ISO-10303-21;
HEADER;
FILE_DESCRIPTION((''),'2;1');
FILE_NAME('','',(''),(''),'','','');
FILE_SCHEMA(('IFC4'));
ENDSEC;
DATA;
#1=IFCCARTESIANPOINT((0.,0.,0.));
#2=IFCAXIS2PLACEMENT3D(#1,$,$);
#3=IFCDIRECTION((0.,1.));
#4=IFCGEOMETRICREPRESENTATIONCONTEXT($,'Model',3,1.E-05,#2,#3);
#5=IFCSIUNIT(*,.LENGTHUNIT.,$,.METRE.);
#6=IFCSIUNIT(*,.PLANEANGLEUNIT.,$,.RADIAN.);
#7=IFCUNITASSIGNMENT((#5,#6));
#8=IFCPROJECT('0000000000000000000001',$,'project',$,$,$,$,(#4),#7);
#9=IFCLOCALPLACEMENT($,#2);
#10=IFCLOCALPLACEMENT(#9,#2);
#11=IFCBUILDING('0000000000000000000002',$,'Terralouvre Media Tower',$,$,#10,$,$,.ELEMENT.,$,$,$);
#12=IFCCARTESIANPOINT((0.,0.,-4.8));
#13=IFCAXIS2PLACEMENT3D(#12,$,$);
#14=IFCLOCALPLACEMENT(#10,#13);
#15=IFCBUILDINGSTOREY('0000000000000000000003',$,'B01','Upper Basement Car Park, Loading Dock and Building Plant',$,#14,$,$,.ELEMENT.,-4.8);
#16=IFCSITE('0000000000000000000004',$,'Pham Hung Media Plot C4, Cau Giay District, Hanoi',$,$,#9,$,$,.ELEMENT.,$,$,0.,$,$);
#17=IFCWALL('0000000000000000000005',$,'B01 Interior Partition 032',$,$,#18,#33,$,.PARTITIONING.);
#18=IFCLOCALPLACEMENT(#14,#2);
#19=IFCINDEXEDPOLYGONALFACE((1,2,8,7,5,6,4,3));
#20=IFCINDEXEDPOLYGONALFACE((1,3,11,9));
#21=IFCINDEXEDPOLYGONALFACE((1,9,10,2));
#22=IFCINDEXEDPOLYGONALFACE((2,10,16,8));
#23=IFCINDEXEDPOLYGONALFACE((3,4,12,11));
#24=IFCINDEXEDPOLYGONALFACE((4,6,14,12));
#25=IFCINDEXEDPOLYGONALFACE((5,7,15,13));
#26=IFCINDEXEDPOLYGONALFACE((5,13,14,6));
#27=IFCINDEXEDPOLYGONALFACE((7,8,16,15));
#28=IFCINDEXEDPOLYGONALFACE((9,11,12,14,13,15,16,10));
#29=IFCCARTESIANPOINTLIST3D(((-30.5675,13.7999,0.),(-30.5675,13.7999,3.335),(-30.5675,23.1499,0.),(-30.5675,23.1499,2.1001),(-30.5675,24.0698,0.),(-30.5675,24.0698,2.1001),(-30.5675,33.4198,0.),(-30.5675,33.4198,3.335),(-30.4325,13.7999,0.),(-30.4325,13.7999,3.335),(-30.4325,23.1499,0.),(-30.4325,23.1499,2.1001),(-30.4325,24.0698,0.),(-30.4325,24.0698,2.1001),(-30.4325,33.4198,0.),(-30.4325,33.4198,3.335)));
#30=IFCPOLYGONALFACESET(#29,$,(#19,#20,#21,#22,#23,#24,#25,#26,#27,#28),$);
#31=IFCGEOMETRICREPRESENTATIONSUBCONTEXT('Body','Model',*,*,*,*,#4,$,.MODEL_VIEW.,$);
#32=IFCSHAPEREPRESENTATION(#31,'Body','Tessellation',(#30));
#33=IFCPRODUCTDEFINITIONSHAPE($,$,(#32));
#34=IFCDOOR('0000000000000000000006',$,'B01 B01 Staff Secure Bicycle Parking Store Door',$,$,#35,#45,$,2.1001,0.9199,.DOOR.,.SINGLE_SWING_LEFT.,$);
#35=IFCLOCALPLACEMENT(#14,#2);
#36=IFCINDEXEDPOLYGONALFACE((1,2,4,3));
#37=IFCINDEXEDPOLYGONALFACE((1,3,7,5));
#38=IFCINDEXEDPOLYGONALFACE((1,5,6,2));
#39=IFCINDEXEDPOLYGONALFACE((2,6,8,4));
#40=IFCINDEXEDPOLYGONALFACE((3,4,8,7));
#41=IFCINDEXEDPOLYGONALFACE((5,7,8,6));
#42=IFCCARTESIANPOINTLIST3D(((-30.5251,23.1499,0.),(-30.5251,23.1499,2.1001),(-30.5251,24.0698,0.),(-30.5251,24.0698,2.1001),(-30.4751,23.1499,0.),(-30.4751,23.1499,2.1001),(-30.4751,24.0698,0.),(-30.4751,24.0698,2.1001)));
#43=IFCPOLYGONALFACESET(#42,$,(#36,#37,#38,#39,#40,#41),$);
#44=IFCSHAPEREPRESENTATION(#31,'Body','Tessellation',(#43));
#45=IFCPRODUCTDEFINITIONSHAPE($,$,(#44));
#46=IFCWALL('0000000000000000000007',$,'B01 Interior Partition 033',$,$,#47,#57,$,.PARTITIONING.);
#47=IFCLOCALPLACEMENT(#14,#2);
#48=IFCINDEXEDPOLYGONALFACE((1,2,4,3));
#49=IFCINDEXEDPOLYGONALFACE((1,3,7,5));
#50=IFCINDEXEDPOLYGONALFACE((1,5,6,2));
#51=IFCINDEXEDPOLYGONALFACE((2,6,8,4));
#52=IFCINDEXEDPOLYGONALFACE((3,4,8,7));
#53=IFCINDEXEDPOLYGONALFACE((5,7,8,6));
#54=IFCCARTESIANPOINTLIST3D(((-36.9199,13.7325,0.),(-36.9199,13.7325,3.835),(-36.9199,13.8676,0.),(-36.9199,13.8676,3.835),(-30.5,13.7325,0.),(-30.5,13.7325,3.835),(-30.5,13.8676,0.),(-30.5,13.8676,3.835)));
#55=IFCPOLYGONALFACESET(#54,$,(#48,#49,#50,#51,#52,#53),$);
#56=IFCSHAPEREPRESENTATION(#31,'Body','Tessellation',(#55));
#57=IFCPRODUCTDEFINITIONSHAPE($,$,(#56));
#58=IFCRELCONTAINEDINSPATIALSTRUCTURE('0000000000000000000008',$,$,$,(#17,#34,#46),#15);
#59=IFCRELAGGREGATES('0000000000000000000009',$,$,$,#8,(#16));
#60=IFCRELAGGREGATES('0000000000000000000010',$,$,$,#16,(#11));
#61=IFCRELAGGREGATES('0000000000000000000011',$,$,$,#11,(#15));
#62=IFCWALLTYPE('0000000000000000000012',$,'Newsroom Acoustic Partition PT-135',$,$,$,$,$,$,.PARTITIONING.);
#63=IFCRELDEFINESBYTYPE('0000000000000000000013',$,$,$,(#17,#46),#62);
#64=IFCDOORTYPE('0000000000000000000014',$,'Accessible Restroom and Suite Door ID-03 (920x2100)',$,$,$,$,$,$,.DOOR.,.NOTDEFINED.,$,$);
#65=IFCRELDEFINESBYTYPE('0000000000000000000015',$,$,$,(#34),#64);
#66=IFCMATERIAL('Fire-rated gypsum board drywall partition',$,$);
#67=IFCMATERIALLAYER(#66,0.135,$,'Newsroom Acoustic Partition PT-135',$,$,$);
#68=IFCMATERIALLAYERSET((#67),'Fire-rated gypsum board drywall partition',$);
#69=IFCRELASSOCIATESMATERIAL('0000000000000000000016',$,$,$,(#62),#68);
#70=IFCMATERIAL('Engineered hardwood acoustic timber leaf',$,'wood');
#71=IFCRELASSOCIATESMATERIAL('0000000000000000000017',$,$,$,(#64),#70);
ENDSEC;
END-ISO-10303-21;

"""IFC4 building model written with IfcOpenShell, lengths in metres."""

from ifc_helpers import new_model, si_unit, direction, frame, frame_2d, origin, place, context, subcontext, project, spatial, rectangle, extrude, material, layer, layer_set, type_object, element, fill, save


model = new_model("IFC4")

# Units and contexts
model_context = context("Model", 3, precision=1e-05, world=origin(), true_north=direction((0.0, 1.0)))
body_context = subcontext(model_context, "Body", "Model", "MODEL_VIEW")
ifc_project = project(units=[si_unit("LENGTHUNIT", "METRE"), si_unit("PLANEANGLEUNIT", "RADIAN")], contexts=[model_context])

# Site, building, storey
site_placement = place(None, origin())
site = spatial("IfcSite", under=ifc_project, at=site_placement, Name="Pham Hung Media Plot C4, Cau Giay District, Hanoi", CompositionType="ELEMENT", RefElevation=0.0)
building_placement = place(site_placement, origin())
building = spatial("IfcBuilding", under=site, at=building_placement, Name="Terralouvre Media Tower", CompositionType="ELEMENT")
storey_placement = place(building_placement, frame((0.0, 0.0, -4.8)))
storey = spatial("IfcBuildingStorey", under=building, at=storey_placement, Name="B01", Description="Upper Basement Car Park, Loading Dock and Building Plant", CompositionType="ELEMENT", Elevation=-4.8)

# Shared definitions
ifc_material_1 = material(Name="Fire-rated gypsum board drywall partition")
ifc_layer_1 = layer(ifc_material_1, 0.135, Name="Newsroom Acoustic Partition PT-135")
ifc_layer_set_1 = layer_set([ifc_layer_1], Name="Fire-rated gypsum board drywall partition")
wall_type_1 = type_object("IfcWallType", Name="Newsroom Acoustic Partition PT-135", PredefinedType="PARTITIONING", material=ifc_layer_set_1)

# Wall, opening, door
wall_1_placement = place(storey_placement, frame((-30.5, 33.4199, 0.0), z_axis=(0.0, 0.0, 1.0), x_axis=(0.0, -1.0, 0.0)))
wall_1 = element("IfcWall", 1, at=wall_1_placement, inside=storey, type_object=wall_type_1, Name="B01 Interior Partition 032", PredefinedType="PARTITIONING", context=body_context, shape_type="SweptSolid", body=[
    extrude(rectangle(XDim=19.6199, YDim=0.135, at=frame_2d((9.8101, 0.0))), origin(), (0.0, 0.0, 1.0), 3.335),
])
opening_placement = place(wall_1_placement, frame((9.3501, 0.0, 0.0)))
opening = element("IfcOpeningElement", 2, at=opening_placement, cuts=wall_1, PredefinedType="OPENING", context=body_context, shape_type="SweptSolid", body=[
    extrude(rectangle(XDim=0.9199, YDim=2.1001, at=frame_2d((0.46, 1.05))), frame((0.0, 0.0774, 0.0), z_axis=(0.0, -1.0, 0.0), x_axis=(1.0, 0.0, 0.0)), (0.0, 0.0, 1.0), 0.155),
])
ifc_material_2 = material(Name="Engineered hardwood acoustic timber leaf", Category="wood")
door_type = type_object("IfcDoorType", Name="Accessible Restroom and Suite Door ID-03 (920x2100)", OperationType="NOTDEFINED", PredefinedType="DOOR", material=ifc_material_2)
door_placement = place(opening_placement, origin())
door = element("IfcDoor", 3, at=door_placement, inside=storey, type_object=door_type, Name="B01 B01 Staff Secure Bicycle Parking Store Door", OperationType="SINGLE_SWING_LEFT", OverallHeight=2.1001, OverallWidth=0.9199, PredefinedType="DOOR", context=body_context, shape_type="SweptSolid", body=[
    extrude(rectangle(XDim=0.9199, YDim=2.1001, at=frame_2d((0.46, 1.05))), frame((0.0, 0.0249, 0.0), z_axis=(0.0, -1.0, 0.0), x_axis=(1.0, 0.0, 0.0)), (0.0, 0.0, 1.0), 0.05),
])
fill(opening, door)

# Wall
wall_2_placement = place(storey_placement, frame((-36.9199, 13.8, 0.0), z_axis=(0.0, 0.0, 1.0), x_axis=(1.0, 0.0, 0.0)))
element("IfcWall", 4, at=wall_2_placement, inside=storey, type_object=wall_type_1, Name="B01 Interior Partition 033", PredefinedType="PARTITIONING", context=body_context, shape_type="SweptSolid", body=[
    extrude(rectangle(XDim=6.4199, YDim=0.135, at=frame_2d((3.21, 0.0))), origin(), (0.0, 0.0, 1.0), 3.835),
])

save(model, "model.ifc")
